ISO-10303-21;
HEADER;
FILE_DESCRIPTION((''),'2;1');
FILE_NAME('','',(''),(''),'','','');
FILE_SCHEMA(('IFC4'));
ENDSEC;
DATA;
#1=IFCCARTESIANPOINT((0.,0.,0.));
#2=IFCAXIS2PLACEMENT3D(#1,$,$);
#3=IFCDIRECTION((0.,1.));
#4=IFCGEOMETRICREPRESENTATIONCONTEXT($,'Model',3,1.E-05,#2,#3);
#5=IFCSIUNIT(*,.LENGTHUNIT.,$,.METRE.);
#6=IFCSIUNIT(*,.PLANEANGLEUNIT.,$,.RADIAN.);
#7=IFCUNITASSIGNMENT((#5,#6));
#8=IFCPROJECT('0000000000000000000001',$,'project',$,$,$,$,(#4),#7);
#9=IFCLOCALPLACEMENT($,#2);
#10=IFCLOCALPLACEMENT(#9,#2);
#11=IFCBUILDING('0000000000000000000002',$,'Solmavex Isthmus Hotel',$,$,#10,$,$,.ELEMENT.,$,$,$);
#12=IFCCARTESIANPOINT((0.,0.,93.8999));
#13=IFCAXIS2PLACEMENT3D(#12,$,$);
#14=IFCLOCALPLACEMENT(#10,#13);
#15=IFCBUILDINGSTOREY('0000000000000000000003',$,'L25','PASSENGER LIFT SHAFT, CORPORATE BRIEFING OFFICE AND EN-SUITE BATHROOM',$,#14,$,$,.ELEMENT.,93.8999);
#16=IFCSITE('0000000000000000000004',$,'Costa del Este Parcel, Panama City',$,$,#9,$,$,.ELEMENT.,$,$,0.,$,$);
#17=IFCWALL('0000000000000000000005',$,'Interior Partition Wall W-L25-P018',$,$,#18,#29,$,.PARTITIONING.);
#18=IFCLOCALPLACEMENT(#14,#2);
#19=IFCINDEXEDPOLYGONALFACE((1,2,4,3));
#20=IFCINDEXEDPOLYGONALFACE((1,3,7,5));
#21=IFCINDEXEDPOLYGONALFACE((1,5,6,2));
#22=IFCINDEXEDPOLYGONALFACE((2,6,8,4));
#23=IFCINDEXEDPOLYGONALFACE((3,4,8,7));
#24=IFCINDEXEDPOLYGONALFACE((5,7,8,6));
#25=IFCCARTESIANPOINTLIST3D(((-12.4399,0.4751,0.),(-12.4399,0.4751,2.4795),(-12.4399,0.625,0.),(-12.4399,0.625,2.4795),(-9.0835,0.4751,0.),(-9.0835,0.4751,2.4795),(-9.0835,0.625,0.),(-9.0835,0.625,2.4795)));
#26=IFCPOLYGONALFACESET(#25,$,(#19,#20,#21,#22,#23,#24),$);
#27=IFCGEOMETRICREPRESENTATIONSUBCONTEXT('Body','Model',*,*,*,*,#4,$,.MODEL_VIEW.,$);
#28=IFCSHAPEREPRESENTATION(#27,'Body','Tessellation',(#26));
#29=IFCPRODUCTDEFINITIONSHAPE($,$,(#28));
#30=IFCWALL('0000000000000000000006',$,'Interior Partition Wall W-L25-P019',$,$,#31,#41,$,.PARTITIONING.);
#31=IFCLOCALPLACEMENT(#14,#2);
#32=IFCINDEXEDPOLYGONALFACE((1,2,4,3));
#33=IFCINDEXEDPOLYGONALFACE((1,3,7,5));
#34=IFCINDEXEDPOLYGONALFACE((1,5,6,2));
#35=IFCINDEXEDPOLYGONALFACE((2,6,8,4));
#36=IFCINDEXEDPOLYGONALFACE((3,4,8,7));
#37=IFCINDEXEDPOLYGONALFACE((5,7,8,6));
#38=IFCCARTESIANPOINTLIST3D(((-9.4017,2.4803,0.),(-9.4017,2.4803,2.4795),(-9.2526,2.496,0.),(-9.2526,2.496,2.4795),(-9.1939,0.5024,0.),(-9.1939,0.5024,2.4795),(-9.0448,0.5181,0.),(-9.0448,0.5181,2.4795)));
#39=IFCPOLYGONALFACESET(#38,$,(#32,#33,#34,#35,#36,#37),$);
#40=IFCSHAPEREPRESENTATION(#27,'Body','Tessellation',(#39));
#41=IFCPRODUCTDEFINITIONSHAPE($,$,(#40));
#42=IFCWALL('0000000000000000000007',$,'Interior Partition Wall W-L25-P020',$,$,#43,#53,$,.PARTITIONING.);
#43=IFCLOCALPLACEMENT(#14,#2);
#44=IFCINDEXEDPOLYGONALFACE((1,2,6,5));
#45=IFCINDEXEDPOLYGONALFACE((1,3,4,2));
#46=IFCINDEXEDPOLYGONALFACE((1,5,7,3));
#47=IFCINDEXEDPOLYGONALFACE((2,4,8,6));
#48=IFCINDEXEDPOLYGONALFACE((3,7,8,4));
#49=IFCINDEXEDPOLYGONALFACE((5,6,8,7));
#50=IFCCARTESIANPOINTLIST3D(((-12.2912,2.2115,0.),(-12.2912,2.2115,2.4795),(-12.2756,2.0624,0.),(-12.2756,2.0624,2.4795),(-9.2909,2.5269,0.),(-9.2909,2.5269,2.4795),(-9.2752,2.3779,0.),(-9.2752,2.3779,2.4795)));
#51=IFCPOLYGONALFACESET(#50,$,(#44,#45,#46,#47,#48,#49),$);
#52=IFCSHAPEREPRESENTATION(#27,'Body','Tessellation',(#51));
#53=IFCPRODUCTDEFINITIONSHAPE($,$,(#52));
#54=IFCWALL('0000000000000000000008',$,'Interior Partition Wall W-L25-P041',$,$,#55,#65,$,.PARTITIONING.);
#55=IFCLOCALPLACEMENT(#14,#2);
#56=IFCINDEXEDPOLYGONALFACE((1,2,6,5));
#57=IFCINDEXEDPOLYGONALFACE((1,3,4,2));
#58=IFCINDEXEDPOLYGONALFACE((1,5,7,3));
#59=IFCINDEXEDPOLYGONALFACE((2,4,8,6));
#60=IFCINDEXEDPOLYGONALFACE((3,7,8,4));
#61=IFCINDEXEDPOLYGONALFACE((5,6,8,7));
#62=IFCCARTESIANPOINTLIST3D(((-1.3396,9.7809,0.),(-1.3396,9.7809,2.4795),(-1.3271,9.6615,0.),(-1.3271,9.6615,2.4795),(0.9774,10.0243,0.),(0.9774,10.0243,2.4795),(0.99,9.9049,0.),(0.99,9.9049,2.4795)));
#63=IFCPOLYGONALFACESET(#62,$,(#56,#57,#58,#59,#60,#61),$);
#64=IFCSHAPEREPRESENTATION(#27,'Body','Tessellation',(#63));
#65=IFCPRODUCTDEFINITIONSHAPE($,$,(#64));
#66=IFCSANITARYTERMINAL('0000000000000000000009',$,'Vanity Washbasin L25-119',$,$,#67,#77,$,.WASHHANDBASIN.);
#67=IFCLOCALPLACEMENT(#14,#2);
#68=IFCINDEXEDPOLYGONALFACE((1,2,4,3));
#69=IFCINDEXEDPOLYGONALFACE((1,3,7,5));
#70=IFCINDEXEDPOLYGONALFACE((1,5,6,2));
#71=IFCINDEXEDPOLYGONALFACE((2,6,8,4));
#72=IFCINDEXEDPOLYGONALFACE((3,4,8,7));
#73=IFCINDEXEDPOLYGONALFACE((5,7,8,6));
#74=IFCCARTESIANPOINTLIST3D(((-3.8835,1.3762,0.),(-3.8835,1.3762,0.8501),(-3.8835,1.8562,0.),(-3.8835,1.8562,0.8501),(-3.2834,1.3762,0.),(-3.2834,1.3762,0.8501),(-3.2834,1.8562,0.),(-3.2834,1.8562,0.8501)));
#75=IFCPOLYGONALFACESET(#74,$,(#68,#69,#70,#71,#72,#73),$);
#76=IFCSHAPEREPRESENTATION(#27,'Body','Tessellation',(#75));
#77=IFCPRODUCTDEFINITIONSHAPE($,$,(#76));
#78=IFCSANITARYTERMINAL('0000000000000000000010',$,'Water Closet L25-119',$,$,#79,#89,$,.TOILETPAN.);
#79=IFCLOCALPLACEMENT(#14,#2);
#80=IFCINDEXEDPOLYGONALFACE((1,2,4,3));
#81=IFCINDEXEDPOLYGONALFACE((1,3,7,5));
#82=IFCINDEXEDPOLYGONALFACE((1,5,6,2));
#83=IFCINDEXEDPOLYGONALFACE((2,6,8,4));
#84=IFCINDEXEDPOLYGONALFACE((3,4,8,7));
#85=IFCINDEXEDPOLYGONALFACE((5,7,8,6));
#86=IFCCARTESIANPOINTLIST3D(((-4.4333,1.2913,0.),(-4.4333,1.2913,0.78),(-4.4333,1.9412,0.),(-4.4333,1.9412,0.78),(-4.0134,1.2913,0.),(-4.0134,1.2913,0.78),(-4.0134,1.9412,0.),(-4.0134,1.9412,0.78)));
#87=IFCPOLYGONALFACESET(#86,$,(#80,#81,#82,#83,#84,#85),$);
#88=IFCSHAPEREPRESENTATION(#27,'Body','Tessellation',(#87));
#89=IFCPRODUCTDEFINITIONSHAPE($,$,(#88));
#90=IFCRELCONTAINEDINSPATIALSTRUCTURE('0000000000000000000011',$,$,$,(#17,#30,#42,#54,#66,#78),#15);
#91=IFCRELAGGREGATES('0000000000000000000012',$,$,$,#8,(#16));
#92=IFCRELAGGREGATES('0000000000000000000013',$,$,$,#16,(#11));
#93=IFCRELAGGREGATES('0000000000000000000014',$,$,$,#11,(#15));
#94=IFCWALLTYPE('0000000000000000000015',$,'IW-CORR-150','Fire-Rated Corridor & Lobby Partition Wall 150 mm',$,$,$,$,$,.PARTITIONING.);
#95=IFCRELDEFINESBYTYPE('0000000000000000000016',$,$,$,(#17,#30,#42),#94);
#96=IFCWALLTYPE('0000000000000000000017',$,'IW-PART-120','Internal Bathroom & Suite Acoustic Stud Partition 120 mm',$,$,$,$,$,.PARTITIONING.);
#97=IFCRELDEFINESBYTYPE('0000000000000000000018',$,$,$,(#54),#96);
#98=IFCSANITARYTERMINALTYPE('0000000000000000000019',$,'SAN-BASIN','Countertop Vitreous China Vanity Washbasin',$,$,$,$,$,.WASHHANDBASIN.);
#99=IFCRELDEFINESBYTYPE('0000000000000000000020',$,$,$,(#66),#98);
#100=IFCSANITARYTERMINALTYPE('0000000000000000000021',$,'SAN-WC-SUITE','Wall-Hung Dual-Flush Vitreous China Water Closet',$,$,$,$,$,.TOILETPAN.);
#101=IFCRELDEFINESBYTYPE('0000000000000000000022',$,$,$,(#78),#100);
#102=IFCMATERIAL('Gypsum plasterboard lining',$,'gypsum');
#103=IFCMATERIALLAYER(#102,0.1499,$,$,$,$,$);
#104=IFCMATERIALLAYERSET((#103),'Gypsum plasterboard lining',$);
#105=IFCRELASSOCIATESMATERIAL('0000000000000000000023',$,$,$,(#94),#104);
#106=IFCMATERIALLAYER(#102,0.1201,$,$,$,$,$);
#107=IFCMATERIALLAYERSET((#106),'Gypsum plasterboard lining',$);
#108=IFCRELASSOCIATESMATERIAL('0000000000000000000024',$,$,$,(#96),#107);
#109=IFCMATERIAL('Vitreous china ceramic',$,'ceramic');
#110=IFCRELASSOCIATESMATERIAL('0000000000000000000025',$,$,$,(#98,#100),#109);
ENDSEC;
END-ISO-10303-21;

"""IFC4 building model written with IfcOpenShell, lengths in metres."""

from ifc_helpers import new_model, si_unit, direction, frame, frame_2d, origin, origin_2d, place, context, subcontext, project, spatial, rectangle, extrude, material, layer, layer_set, type_object, element, save


model = new_model("IFC4")

# Units and contexts
model_context = context("Model", 3, precision=1e-05, world=origin(), true_north=direction((0.0, 1.0)))
body_context = subcontext(model_context, "Body", "Model", "MODEL_VIEW")
ifc_project = project(units=[si_unit("LENGTHUNIT", "METRE"), si_unit("PLANEANGLEUNIT", "RADIAN")], contexts=[model_context])

# Site, building, storey
site_placement = place(None, origin())
site = spatial("IfcSite", under=ifc_project, at=site_placement, Name="Costa del Este Parcel, Panama City", CompositionType="ELEMENT", RefElevation=0.0)
building_placement = place(site_placement, origin())
building = spatial("IfcBuilding", under=site, at=building_placement, Name="Solmavex Isthmus Hotel", CompositionType="ELEMENT")
storey_placement = place(building_placement, frame((0.0, 0.0, 93.8999)))
storey = spatial("IfcBuildingStorey", under=building, at=storey_placement, Name="L25", Description="PASSENGER LIFT SHAFT, CORPORATE BRIEFING OFFICE AND EN-SUITE BATHROOM", CompositionType="ELEMENT", Elevation=93.8999)

# Shared definitions
ifc_material_1 = material(Name="Gypsum plasterboard lining", Category="gypsum")

# Shared definitions
ifc_layer_1 = layer(ifc_material_1, 0.1499)
ifc_layer_set_1 = layer_set([ifc_layer_1], Name="Gypsum plasterboard lining")
wall_type_1 = type_object("IfcWallType", Name="IW-CORR-150", Description="Fire-Rated Corridor & Lobby Partition Wall 150 mm", PredefinedType="PARTITIONING", material=ifc_layer_set_1)

# Walls
wall_1_placement = place(storey_placement, frame((-12.4399, 0.55, 0.0), z_axis=(0.0, 0.0, 1.0), x_axis=(1.0, 0.0, 0.0)))
element("IfcWall", 1, at=wall_1_placement, inside=storey, type_object=wall_type_1, Name="Interior Partition Wall W-L25-P018", PredefinedType="PARTITIONING", context=body_context, shape_type="SweptSolid", body=[
    extrude(rectangle(XDim=3.3564, YDim=0.1499, at=frame_2d((1.6782, 0.0))), origin(), (0.0, 0.0, 1.0), 2.4795),
])
wall_2_placement = place(storey_placement, frame((-9.1194, 0.5103, 0.0), z_axis=(0.0, 0.0, 1.0), x_axis=(-0.104474, 0.994528, 0.0)))
element("IfcWall", 2, at=wall_2_placement, inside=storey, type_object=wall_type_1, Name="Interior Partition Wall W-L25-P019", PredefinedType="PARTITIONING", context=body_context, shape_type="SweptSolid", body=[
    extrude(rectangle(XDim=1.9888, YDim=0.1499, at=frame_2d((0.9944, 0.0))), origin(), (0.0, 0.0, 1.0), 2.4795),
])
wall_3_placement = place(storey_placement, frame((-9.2832, 2.4524, 0.0), z_axis=(0.0, 0.0, 1.0), x_axis=(-0.994519, -0.104558, 0.0)))
element("IfcWall", 3, at=wall_3_placement, inside=storey, type_object=wall_type_1, Name="Interior Partition Wall W-L25-P020", PredefinedType="PARTITIONING", context=body_context, shape_type="SweptSolid", body=[
    extrude(rectangle(XDim=3.0168, YDim=0.1499, at=frame_2d((1.5083, 0.0))), origin(), (0.0, 0.0, 1.0), 2.4795),
])

# Wall
ifc_layer_2 = layer(ifc_material_1, 0.1201)
ifc_layer_set_2 = layer_set([ifc_layer_2], Name="Gypsum plasterboard lining")
wall_type_2 = type_object("IfcWallType", Name="IW-PART-120", Description="Internal Bathroom & Suite Acoustic Stud Partition 120 mm", PredefinedType="PARTITIONING", material=ifc_layer_set_2)
wall_4_placement = place(storey_placement, frame((-1.3335, 9.7212, 0.0), z_axis=(0.0, 0.0, 1.0), x_axis=(0.994528, 0.104472, 0.0)))
element("IfcWall", 4, at=wall_4_placement, inside=storey, type_object=wall_type_2, Name="Interior Partition Wall W-L25-P041", PredefinedType="PARTITIONING", context=body_context, shape_type="SweptSolid", body=[
    extrude(rectangle(XDim=2.3298, YDim=0.1201, at=frame_2d((1.165, 0.0))), origin(), (0.0, 0.0, 1.0), 2.4795),
])

# Sanitary terminals
ifc_material_2 = material(Name="Vitreous china ceramic", Category="ceramic")
sanitary_terminal_type_1 = type_object("IfcSanitaryTerminalType", Name="SAN-BASIN", Description="Countertop Vitreous China Vanity Washbasin", PredefinedType="WASHHANDBASIN", material=ifc_material_2)
sanitary_terminal_1_placement = place(storey_placement, frame((-3.5835, 1.6162, 0.0), z_axis=(0.0, 0.0, 1.0), x_axis=(1.0, 0.0, 0.0)))
element("IfcSanitaryTerminal", 5, at=sanitary_terminal_1_placement, inside=storey, type_object=sanitary_terminal_type_1, Name="Vanity Washbasin L25-119", PredefinedType="WASHHANDBASIN", context=body_context, shape_type="SweptSolid", body=[
    extrude(rectangle(XDim=0.6001, YDim=0.48, at=origin_2d()), origin(), (0.0, 0.0, 1.0), 0.8501),
])
sanitary_terminal_type_2 = type_object("IfcSanitaryTerminalType", Name="SAN-WC-SUITE", Description="Wall-Hung Dual-Flush Vitreous China Water Closet", PredefinedType="TOILETPAN", material=ifc_material_2)
sanitary_terminal_2_placement = place(storey_placement, frame((-4.2234, 1.6162, 0.0), z_axis=(0.0, 0.0, 1.0), x_axis=(1.0, 0.0, 0.0)))
element("IfcSanitaryTerminal", 6, at=sanitary_terminal_2_placement, inside=storey, type_object=sanitary_terminal_type_2, Name="Water Closet L25-119", PredefinedType="TOILETPAN", context=body_context, shape_type="SweptSolid", body=[
    extrude(rectangle(XDim=0.4199, YDim=0.6499, at=origin_2d()), origin(), (0.0, 0.0, 1.0), 0.78),
])

save(model, "model.ifc")
